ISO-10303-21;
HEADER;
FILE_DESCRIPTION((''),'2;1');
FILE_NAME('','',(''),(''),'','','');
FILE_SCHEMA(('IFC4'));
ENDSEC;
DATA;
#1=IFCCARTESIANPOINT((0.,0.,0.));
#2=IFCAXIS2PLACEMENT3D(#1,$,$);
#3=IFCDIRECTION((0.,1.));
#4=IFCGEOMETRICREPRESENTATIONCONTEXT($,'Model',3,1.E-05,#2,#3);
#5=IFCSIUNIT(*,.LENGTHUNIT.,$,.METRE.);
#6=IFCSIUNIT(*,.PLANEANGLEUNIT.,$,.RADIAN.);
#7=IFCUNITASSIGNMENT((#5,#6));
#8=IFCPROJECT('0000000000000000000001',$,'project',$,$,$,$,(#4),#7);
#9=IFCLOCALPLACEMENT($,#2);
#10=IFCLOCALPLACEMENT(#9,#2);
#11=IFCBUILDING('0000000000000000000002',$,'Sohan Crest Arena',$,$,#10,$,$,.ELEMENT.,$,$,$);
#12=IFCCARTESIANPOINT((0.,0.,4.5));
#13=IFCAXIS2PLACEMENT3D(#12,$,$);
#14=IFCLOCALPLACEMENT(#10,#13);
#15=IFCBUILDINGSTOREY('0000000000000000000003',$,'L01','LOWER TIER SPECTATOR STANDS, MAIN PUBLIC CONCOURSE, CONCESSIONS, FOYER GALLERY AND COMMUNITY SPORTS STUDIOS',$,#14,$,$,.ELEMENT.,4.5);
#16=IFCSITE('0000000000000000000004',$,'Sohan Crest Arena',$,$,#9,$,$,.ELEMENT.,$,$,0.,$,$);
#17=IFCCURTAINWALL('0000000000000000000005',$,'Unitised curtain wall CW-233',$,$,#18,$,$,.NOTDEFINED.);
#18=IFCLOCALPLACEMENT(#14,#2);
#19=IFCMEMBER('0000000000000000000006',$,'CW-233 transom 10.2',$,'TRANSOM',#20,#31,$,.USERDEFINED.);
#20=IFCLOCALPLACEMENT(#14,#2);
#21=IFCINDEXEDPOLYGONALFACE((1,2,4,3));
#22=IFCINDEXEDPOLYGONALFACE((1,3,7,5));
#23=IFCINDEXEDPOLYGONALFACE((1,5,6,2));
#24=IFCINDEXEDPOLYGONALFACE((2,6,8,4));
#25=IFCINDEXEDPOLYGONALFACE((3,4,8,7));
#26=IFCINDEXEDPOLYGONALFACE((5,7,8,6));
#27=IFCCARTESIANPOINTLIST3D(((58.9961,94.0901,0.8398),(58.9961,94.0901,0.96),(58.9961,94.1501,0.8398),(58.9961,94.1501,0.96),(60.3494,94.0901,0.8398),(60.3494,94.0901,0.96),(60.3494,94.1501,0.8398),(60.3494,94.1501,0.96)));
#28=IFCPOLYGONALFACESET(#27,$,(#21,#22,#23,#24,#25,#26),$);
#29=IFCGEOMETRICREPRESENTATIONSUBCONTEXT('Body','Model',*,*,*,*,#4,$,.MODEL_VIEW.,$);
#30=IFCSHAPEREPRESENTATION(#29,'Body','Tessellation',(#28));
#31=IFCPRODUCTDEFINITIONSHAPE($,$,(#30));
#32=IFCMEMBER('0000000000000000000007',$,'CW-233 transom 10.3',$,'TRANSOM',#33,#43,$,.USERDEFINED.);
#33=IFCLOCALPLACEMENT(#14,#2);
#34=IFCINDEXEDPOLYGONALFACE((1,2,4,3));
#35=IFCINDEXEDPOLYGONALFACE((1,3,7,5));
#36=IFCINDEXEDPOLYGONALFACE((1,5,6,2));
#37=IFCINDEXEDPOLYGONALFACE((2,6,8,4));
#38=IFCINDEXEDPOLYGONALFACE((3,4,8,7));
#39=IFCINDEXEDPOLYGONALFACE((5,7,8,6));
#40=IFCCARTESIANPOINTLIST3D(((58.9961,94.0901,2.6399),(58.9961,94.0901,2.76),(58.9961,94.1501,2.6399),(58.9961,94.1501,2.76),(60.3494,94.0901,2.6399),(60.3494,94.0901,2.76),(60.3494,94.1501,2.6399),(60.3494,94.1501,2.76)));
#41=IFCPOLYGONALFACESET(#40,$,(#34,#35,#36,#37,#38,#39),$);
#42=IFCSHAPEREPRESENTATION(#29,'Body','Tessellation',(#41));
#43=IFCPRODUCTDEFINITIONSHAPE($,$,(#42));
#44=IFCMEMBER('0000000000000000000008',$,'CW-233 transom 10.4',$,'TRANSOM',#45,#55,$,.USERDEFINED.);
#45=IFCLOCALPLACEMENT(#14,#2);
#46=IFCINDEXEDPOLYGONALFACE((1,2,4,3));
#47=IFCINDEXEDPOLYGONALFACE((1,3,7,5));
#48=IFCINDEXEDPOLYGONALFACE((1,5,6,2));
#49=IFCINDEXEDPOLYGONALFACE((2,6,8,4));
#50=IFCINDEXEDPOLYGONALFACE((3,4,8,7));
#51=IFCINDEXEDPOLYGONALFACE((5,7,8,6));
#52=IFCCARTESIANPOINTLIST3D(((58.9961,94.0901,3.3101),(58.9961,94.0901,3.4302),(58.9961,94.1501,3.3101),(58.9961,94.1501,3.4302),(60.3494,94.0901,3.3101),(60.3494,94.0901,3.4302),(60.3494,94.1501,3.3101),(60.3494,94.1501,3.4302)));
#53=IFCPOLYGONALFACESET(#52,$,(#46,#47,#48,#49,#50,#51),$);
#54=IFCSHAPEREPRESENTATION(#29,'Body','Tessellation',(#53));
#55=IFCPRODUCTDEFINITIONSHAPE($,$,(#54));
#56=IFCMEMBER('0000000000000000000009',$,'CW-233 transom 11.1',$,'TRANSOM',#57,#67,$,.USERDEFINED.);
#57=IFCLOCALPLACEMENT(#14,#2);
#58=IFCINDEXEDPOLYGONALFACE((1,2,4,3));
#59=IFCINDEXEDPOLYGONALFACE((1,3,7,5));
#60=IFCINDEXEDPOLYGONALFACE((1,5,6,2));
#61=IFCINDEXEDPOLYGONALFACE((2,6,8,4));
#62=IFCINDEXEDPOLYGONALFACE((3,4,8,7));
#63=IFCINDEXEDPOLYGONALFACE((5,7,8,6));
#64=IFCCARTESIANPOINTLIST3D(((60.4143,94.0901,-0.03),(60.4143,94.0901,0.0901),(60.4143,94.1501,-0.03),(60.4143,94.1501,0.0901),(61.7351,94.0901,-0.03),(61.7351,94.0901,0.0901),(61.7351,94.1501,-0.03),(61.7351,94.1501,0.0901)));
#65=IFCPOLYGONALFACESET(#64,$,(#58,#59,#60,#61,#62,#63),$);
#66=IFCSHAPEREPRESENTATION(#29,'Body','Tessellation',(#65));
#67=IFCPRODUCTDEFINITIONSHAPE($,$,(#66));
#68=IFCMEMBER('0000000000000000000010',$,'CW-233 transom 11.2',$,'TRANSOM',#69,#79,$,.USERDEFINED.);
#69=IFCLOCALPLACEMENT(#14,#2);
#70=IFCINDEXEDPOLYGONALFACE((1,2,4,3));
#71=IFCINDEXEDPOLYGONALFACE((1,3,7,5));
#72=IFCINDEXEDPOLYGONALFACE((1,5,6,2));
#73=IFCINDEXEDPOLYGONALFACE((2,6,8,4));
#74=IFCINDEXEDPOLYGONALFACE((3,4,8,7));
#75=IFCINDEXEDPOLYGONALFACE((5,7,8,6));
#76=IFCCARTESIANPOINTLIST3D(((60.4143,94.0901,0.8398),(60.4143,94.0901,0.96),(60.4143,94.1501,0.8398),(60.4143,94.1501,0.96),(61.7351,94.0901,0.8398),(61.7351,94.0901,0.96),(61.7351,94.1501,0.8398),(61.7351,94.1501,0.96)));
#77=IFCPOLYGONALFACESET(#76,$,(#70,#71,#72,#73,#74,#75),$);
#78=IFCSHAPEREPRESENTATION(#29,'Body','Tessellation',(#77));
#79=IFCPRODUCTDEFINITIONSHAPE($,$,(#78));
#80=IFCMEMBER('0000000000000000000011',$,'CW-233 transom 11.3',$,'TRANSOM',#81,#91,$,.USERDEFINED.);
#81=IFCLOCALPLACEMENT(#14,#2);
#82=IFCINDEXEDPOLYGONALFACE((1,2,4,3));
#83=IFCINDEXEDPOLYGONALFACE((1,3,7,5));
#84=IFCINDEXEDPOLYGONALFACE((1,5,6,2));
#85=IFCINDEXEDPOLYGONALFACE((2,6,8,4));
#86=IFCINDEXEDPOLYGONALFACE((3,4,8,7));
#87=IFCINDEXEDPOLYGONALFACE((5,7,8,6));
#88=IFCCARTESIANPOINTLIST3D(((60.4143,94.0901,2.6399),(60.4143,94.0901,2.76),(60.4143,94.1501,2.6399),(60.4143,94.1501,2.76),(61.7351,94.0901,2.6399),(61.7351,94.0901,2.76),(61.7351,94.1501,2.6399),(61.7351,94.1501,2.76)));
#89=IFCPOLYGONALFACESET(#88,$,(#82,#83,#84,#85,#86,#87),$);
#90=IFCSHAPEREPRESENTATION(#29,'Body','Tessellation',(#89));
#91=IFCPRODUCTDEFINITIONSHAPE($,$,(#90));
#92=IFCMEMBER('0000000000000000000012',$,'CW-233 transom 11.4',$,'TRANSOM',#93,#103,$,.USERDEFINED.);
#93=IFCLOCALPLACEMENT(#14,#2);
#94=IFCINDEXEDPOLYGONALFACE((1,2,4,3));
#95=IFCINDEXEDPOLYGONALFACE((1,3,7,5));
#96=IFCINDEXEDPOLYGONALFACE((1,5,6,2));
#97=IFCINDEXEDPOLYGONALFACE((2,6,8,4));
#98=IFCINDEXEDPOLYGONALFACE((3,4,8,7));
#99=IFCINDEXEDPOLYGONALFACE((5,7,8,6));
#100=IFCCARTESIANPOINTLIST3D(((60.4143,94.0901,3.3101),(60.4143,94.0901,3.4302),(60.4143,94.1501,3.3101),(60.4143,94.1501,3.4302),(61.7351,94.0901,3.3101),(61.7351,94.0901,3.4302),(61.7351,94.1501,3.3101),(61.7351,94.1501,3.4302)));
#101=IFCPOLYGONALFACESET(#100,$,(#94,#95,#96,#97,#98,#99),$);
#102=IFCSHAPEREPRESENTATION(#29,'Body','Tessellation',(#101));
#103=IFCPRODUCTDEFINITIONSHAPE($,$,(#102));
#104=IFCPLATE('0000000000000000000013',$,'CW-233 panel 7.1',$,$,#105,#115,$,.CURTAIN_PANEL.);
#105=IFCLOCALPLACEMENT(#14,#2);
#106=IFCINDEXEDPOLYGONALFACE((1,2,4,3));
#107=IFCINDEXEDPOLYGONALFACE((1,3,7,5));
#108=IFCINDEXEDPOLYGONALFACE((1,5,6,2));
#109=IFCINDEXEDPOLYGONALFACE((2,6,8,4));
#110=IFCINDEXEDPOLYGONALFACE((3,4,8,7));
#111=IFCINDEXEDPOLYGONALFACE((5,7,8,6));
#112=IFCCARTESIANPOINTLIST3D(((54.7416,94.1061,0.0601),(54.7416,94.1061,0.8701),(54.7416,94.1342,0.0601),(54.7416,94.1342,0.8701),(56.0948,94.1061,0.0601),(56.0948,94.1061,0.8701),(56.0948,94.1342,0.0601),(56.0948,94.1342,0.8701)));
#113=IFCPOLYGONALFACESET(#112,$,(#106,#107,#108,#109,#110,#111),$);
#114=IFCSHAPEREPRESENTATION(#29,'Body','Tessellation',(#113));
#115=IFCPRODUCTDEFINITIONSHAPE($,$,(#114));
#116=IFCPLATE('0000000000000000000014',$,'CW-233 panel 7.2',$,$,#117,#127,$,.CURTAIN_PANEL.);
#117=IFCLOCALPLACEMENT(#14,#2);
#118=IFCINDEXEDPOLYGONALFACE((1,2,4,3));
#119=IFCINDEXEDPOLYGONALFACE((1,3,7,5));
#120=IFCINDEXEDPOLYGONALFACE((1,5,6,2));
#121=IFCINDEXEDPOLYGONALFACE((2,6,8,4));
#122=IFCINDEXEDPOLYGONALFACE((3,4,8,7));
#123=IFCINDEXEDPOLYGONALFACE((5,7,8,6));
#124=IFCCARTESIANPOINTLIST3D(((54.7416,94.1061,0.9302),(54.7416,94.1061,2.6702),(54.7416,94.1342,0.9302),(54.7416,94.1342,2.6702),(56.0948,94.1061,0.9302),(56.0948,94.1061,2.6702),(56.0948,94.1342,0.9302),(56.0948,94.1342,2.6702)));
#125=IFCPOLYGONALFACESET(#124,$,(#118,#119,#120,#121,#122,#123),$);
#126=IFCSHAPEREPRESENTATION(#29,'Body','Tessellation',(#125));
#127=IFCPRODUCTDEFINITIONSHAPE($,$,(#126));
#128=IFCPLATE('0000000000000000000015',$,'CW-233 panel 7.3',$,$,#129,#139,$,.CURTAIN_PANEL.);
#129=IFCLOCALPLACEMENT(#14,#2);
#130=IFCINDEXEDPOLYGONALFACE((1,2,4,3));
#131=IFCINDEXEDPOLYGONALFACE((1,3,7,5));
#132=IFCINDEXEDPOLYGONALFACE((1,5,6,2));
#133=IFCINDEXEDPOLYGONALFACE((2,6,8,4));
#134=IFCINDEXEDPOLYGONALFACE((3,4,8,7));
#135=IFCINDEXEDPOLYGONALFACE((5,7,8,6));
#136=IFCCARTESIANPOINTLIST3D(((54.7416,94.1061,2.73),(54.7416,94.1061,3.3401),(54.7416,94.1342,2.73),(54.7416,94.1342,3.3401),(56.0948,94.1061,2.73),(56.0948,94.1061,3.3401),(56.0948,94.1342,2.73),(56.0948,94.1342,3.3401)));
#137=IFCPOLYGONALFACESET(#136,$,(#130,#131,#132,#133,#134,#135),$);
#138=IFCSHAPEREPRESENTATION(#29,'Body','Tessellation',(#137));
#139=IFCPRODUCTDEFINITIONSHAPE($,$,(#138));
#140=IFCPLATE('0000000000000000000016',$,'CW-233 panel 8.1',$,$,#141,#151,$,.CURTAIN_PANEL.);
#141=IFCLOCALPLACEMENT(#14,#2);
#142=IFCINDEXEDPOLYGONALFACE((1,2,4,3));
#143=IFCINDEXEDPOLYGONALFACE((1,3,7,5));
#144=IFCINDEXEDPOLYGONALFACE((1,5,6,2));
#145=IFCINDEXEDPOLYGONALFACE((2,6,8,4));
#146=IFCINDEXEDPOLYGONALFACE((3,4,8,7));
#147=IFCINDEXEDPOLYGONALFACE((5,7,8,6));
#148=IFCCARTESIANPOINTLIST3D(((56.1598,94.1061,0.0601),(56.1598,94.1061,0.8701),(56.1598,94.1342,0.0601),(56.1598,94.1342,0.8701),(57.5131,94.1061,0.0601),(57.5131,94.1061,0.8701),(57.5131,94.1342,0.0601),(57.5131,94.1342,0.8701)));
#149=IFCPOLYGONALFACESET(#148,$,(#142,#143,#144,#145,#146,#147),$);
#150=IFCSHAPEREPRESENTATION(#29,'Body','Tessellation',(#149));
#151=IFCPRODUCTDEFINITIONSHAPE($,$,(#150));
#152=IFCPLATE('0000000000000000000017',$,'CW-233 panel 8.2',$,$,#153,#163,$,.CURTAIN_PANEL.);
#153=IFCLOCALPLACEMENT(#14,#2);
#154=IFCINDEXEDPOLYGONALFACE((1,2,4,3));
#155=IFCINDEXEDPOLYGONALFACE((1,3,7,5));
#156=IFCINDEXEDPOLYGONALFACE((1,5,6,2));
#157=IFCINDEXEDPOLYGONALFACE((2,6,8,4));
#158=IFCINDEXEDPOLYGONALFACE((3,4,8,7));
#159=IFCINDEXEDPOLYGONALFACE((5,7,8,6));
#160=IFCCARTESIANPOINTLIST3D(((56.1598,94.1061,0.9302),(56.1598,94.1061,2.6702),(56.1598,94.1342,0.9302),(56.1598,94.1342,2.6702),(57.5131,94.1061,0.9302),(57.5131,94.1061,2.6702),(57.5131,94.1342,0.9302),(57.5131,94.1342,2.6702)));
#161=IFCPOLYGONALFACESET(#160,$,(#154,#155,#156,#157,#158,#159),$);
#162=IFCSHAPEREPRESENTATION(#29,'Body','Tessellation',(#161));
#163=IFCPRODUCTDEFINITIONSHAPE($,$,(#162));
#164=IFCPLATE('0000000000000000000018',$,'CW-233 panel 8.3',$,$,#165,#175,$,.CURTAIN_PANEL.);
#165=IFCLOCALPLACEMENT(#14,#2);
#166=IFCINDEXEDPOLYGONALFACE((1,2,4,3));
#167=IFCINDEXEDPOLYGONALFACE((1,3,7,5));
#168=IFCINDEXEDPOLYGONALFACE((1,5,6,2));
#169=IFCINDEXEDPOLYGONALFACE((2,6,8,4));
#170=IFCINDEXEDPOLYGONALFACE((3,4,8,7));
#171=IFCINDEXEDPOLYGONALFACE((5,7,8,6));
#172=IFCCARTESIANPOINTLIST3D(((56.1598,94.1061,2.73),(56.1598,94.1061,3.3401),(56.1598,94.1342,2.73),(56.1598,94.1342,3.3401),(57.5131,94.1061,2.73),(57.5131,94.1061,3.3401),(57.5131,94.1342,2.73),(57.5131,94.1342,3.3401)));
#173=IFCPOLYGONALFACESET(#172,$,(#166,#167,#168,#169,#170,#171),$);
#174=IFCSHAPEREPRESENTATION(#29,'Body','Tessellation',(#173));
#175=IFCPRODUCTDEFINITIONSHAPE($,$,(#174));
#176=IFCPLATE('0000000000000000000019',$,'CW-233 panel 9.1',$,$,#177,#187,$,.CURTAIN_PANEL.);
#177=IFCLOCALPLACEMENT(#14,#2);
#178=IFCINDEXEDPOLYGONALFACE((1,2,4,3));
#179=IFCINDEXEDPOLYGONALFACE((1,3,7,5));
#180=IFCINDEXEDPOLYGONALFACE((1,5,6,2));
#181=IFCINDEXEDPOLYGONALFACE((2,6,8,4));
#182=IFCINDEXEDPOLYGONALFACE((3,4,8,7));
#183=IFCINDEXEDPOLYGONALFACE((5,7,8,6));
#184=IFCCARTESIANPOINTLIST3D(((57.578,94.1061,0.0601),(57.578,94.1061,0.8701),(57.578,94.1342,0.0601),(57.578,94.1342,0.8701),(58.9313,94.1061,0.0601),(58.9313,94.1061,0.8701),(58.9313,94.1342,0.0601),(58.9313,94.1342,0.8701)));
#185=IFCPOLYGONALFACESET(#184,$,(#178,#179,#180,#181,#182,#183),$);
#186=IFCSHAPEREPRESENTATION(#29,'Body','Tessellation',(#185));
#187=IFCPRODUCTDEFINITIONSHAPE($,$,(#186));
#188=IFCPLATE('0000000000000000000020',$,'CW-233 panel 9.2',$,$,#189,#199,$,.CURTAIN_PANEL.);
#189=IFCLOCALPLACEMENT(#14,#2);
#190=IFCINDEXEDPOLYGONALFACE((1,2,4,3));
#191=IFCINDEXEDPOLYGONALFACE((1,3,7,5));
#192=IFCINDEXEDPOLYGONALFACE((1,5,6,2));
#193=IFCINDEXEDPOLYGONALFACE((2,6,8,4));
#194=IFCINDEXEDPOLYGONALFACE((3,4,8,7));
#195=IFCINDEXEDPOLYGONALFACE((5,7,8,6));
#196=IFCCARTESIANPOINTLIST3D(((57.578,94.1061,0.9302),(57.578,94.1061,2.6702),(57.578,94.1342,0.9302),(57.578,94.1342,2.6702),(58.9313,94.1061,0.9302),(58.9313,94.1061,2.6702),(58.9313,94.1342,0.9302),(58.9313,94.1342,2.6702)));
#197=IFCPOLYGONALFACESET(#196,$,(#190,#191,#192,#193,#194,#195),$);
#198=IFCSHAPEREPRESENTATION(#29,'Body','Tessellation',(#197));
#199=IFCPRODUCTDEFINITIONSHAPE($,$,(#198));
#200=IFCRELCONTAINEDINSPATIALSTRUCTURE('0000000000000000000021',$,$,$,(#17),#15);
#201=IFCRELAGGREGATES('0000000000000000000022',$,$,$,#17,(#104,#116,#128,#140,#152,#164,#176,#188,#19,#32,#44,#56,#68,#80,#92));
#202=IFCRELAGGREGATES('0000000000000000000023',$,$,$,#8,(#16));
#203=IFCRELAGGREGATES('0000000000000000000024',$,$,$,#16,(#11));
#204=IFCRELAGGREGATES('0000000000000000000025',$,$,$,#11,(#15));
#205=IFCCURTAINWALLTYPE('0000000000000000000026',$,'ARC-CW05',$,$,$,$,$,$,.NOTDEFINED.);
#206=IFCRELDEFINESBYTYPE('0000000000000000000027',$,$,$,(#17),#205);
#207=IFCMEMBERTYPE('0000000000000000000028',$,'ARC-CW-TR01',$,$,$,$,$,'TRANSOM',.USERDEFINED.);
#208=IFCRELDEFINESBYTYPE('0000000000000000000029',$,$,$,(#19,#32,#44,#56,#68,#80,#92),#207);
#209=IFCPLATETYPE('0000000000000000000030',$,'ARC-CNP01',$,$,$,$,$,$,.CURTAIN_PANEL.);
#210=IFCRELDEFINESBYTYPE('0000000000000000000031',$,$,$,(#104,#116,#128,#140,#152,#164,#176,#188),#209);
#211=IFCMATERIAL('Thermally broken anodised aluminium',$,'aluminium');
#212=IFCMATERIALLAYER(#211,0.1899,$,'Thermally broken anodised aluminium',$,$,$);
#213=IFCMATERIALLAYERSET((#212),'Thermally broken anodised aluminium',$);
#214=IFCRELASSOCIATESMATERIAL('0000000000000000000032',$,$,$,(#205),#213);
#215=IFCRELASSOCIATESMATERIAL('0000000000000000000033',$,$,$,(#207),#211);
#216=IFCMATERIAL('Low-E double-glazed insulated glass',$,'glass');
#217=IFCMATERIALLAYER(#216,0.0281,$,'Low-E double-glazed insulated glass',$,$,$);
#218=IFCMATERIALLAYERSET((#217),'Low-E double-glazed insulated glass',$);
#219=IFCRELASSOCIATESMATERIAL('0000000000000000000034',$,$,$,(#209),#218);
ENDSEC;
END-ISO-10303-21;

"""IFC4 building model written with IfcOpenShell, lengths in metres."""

from ifc_helpers import new_model, si_unit, direction, frame, origin, origin_2d, place, context, subcontext, project, spatial, rectangle, extrude, material, layer, layer_set, material_profile, profile_set, type_object, element, aggregate, save


model = new_model("IFC4")

# Units and contexts
model_context = context("Model", 3, precision=1e-05, world=origin(), true_north=direction((0.0, 1.0)))
body_context = subcontext(model_context, "Body", "Model", "MODEL_VIEW")
ifc_project = project(units=[si_unit("LENGTHUNIT", "METRE"), si_unit("PLANEANGLEUNIT", "RADIAN")], contexts=[model_context])

# Site, building, storey
site_placement = place(None, origin())
site = spatial("IfcSite", under=ifc_project, at=site_placement, Name="Sohan Crest Arena", CompositionType="ELEMENT", RefElevation=0.0)
building_placement = place(site_placement, origin())
building = spatial("IfcBuilding", under=site, at=building_placement, Name="Sohan Crest Arena", CompositionType="ELEMENT")
storey_placement = place(building_placement, frame((0.0, 0.0, 4.5)))
storey = spatial("IfcBuildingStorey", under=building, at=storey_placement, Name="L01", Description="LOWER TIER SPECTATOR STANDS, MAIN PUBLIC CONCOURSE, CONCESSIONS, FOYER GALLERY AND COMMUNITY SPORTS STUDIOS", CompositionType="ELEMENT", Elevation=4.5)

# Curtain wall, members, plates
ifc_material_1 = material(Name="Thermally broken anodised aluminium", Category="aluminium")
ifc_layer_1 = layer(ifc_material_1, 0.1899, Name="Thermally broken anodised aluminium")
ifc_layer_set_1 = layer_set([ifc_layer_1], Name="Thermally broken anodised aluminium")
curtain_wall_type = type_object("IfcCurtainWallType", Name="ARC-CW05", PredefinedType="NOTDEFINED", material=ifc_layer_set_1)
curtain_wall_1_placement = place(storey_placement, origin())
curtain_wall_1 = element("IfcCurtainWall", 1, at=curtain_wall_1_placement, inside=storey, type_object=curtain_wall_type, Name="Unitised curtain wall CW-233", PredefinedType="NOTDEFINED")
ifc_material_profile_1 = material_profile(ifc_material_1, rectangle(XDim=0.0601, YDim=0.1201, at=origin_2d()), Name="ALU-TRAN 60x120")
ifc_profile_set_1 = profile_set([ifc_material_profile_1], Name="Thermally broken anodised aluminium")
member_type_1 = type_object("IfcMemberType", Name="ARC-CW-TR01", ElementType="TRANSOM", PredefinedType="USERDEFINED", material=ifc_profile_set_1)
member_1_placement = place(storey_placement, frame((58.9961, 94.1201, 0.8999), z_axis=(1.0, 0.0, 0.0), x_axis=(0.0, 1.0, 0.0)))
member_1 = element("IfcMember", 2, at=member_1_placement, type_object=member_type_1, Name="CW-233 transom 10.2", ObjectType="TRANSOM", PredefinedType="USERDEFINED", context=body_context, shape_type="SweptSolid", body=[
    extrude(rectangle(XDim=0.0601, YDim=0.1201, at=origin_2d()), origin(), (0.0, 0.0, 1.0), 1.3533),
])
member_2_placement = place(storey_placement, frame((58.9961, 94.1201, 2.7), z_axis=(1.0, 0.0, 0.0), x_axis=(0.0, 1.0, 0.0)))
member_2 = element("IfcMember", 3, at=member_2_placement, type_object=member_type_1, Name="CW-233 transom 10.3", ObjectType="TRANSOM", PredefinedType="USERDEFINED", context=body_context, shape_type="SweptSolid", body=[
    extrude(rectangle(XDim=0.0601, YDim=0.1201, at=origin_2d()), origin(), (0.0, 0.0, 1.0), 1.3533),
])
member_3_placement = place(storey_placement, frame((58.9961, 94.1201, 3.3701), z_axis=(1.0, 0.0, 0.0), x_axis=(0.0, 1.0, 0.0)))
member_3 = element("IfcMember", 4, at=member_3_placement, type_object=member_type_1, Name="CW-233 transom 10.4", ObjectType="TRANSOM", PredefinedType="USERDEFINED", context=body_context, shape_type="SweptSolid", body=[
    extrude(rectangle(XDim=0.0601, YDim=0.1201, at=origin_2d()), origin(), (0.0, 0.0, 1.0), 1.3533),
])
member_4_placement = place(storey_placement, frame((60.4143, 94.1201, 0.03), z_axis=(1.0, 0.0, 0.0), x_axis=(0.0, 1.0, 0.0)))
member_4 = element("IfcMember", 5, at=member_4_placement, type_object=member_type_1, Name="CW-233 transom 11.1", ObjectType="TRANSOM", PredefinedType="USERDEFINED", context=body_context, shape_type="SweptSolid", body=[
    extrude(rectangle(XDim=0.0601, YDim=0.1201, at=origin_2d()), origin(), (0.0, 0.0, 1.0), 1.3208),
])
member_5_placement = place(storey_placement, frame((60.4143, 94.1201, 0.8999), z_axis=(1.0, 0.0, 0.0), x_axis=(0.0, 1.0, 0.0)))
member_5 = element("IfcMember", 6, at=member_5_placement, type_object=member_type_1, Name="CW-233 transom 11.2", ObjectType="TRANSOM", PredefinedType="USERDEFINED", context=body_context, shape_type="SweptSolid", body=[
    extrude(rectangle(XDim=0.0601, YDim=0.1201, at=origin_2d()), origin(), (0.0, 0.0, 1.0), 1.3208),
])
member_6_placement = place(storey_placement, frame((60.4143, 94.1201, 2.7), z_axis=(1.0, 0.0, 0.0), x_axis=(0.0, 1.0, 0.0)))
member_6 = element("IfcMember", 7, at=member_6_placement, type_object=member_type_1, Name="CW-233 transom 11.3", ObjectType="TRANSOM", PredefinedType="USERDEFINED", context=body_context, shape_type="SweptSolid", body=[
    extrude(rectangle(XDim=0.0601, YDim=0.1201, at=origin_2d()), origin(), (0.0, 0.0, 1.0), 1.3208),
])
member_7_placement = place(storey_placement, frame((60.4143, 94.1201, 3.3701), z_axis=(1.0, 0.0, 0.0), x_axis=(0.0, 1.0, 0.0)))
member_7 = element("IfcMember", 8, at=member_7_placement, type_object=member_type_1, Name="CW-233 transom 11.4", ObjectType="TRANSOM", PredefinedType="USERDEFINED", context=body_context, shape_type="SweptSolid", body=[
    extrude(rectangle(XDim=0.0601, YDim=0.1201, at=origin_2d()), origin(), (0.0, 0.0, 1.0), 1.3208),
])
ifc_material_2 = material(Name="Low-E double-glazed insulated glass", Category="glass")
ifc_layer_2 = layer(ifc_material_2, 0.0281, Name="Low-E double-glazed insulated glass")
ifc_layer_set_2 = layer_set([ifc_layer_2], Name="Low-E double-glazed insulated glass")
plate_type = type_object("IfcPlateType", Name="ARC-CNP01", PredefinedType="CURTAIN_PANEL", material=ifc_layer_set_2)
plate_1_placement = place(storey_placement, frame((55.4182, 94.1201, 0.0601), z_axis=(0.0, 0.0, 1.0), x_axis=(1.0, 0.0, 0.0)))
plate_1 = element("IfcPlate", 9, at=plate_1_placement, type_object=plate_type, Name="CW-233 panel 7.1", PredefinedType="CURTAIN_PANEL", context=body_context, shape_type="SweptSolid", body=[
    extrude(rectangle(XDim=1.3533, YDim=0.0281, at=origin_2d()), origin(), (0.0, 0.0, 1.0), 0.8101),
])
plate_2_placement = place(storey_placement, frame((55.4182, 94.1201, 0.9302), z_axis=(0.0, 0.0, 1.0), x_axis=(1.0, 0.0, 0.0)))
plate_2 = element("IfcPlate", 10, at=plate_2_placement, type_object=plate_type, Name="CW-233 panel 7.2", PredefinedType="CURTAIN_PANEL", context=body_context, shape_type="SweptSolid", body=[
    extrude(rectangle(XDim=1.3533, YDim=0.0281, at=origin_2d()), origin(), (0.0, 0.0, 1.0), 1.74),
])
plate_3_placement = place(storey_placement, frame((55.4182, 94.1201, 2.73), z_axis=(0.0, 0.0, 1.0), x_axis=(1.0, 0.0, 0.0)))
plate_3 = element("IfcPlate", 11, at=plate_3_placement, type_object=plate_type, Name="CW-233 panel 7.3", PredefinedType="CURTAIN_PANEL", context=body_context, shape_type="SweptSolid", body=[
    extrude(rectangle(XDim=1.3533, YDim=0.0281, at=origin_2d()), origin(), (0.0, 0.0, 1.0), 0.6101),
])
plate_4_placement = place(storey_placement, frame((56.8364, 94.1201, 0.0601), z_axis=(0.0, 0.0, 1.0), x_axis=(1.0, 0.0, 0.0)))
plate_4 = element("IfcPlate", 12, at=plate_4_placement, type_object=plate_type, Name="CW-233 panel 8.1", PredefinedType="CURTAIN_PANEL", context=body_context, shape_type="SweptSolid", body=[
    extrude(rectangle(XDim=1.3533, YDim=0.0281, at=origin_2d()), origin(), (0.0, 0.0, 1.0), 0.8101),
])
plate_5_placement = place(storey_placement, frame((56.8364, 94.1201, 0.9302), z_axis=(0.0, 0.0, 1.0), x_axis=(1.0, 0.0, 0.0)))
plate_5 = element("IfcPlate", 13, at=plate_5_placement, type_object=plate_type, Name="CW-233 panel 8.2", PredefinedType="CURTAIN_PANEL", context=body_context, shape_type="SweptSolid", body=[
    extrude(rectangle(XDim=1.3533, YDim=0.0281, at=origin_2d()), origin(), (0.0, 0.0, 1.0), 1.74),
])
plate_6_placement = place(storey_placement, frame((56.8364, 94.1201, 2.73), z_axis=(0.0, 0.0, 1.0), x_axis=(1.0, 0.0, 0.0)))
plate_6 = element("IfcPlate", 14, at=plate_6_placement, type_object=plate_type, Name="CW-233 panel 8.3", PredefinedType="CURTAIN_PANEL", context=body_context, shape_type="SweptSolid", body=[
    extrude(rectangle(XDim=1.3533, YDim=0.0281, at=origin_2d()), origin(), (0.0, 0.0, 1.0), 0.6101),
])
plate_7_placement = place(storey_placement, frame((58.2546, 94.1201, 0.0601), z_axis=(0.0, 0.0, 1.0), x_axis=(1.0, 0.0, 0.0)))
plate_7 = element("IfcPlate", 15, at=plate_7_placement, type_object=plate_type, Name="CW-233 panel 9.1", PredefinedType="CURTAIN_PANEL", context=body_context, shape_type="SweptSolid", body=[
    extrude(rectangle(XDim=1.3533, YDim=0.0281, at=origin_2d()), origin(), (0.0, 0.0, 1.0), 0.8101),
])
plate_8_placement = place(storey_placement, frame((58.2546, 94.1201, 0.9302), z_axis=(0.0, 0.0, 1.0), x_axis=(1.0, 0.0, 0.0)))
plate_8 = element("IfcPlate", 16, at=plate_8_placement, type_object=plate_type, Name="CW-233 panel 9.2", PredefinedType="CURTAIN_PANEL", context=body_context, shape_type="SweptSolid", body=[
    extrude(rectangle(XDim=1.3533, YDim=0.0281, at=origin_2d()), origin(), (0.0, 0.0, 1.0), 1.74),
])
aggregate(curtain_wall_1, [plate_1, plate_2, plate_3, plate_4, plate_5, plate_6, plate_7, plate_8, member_1, member_2, member_3, member_4, member_5, member_6, member_7])

save(model, "model.ifc")
